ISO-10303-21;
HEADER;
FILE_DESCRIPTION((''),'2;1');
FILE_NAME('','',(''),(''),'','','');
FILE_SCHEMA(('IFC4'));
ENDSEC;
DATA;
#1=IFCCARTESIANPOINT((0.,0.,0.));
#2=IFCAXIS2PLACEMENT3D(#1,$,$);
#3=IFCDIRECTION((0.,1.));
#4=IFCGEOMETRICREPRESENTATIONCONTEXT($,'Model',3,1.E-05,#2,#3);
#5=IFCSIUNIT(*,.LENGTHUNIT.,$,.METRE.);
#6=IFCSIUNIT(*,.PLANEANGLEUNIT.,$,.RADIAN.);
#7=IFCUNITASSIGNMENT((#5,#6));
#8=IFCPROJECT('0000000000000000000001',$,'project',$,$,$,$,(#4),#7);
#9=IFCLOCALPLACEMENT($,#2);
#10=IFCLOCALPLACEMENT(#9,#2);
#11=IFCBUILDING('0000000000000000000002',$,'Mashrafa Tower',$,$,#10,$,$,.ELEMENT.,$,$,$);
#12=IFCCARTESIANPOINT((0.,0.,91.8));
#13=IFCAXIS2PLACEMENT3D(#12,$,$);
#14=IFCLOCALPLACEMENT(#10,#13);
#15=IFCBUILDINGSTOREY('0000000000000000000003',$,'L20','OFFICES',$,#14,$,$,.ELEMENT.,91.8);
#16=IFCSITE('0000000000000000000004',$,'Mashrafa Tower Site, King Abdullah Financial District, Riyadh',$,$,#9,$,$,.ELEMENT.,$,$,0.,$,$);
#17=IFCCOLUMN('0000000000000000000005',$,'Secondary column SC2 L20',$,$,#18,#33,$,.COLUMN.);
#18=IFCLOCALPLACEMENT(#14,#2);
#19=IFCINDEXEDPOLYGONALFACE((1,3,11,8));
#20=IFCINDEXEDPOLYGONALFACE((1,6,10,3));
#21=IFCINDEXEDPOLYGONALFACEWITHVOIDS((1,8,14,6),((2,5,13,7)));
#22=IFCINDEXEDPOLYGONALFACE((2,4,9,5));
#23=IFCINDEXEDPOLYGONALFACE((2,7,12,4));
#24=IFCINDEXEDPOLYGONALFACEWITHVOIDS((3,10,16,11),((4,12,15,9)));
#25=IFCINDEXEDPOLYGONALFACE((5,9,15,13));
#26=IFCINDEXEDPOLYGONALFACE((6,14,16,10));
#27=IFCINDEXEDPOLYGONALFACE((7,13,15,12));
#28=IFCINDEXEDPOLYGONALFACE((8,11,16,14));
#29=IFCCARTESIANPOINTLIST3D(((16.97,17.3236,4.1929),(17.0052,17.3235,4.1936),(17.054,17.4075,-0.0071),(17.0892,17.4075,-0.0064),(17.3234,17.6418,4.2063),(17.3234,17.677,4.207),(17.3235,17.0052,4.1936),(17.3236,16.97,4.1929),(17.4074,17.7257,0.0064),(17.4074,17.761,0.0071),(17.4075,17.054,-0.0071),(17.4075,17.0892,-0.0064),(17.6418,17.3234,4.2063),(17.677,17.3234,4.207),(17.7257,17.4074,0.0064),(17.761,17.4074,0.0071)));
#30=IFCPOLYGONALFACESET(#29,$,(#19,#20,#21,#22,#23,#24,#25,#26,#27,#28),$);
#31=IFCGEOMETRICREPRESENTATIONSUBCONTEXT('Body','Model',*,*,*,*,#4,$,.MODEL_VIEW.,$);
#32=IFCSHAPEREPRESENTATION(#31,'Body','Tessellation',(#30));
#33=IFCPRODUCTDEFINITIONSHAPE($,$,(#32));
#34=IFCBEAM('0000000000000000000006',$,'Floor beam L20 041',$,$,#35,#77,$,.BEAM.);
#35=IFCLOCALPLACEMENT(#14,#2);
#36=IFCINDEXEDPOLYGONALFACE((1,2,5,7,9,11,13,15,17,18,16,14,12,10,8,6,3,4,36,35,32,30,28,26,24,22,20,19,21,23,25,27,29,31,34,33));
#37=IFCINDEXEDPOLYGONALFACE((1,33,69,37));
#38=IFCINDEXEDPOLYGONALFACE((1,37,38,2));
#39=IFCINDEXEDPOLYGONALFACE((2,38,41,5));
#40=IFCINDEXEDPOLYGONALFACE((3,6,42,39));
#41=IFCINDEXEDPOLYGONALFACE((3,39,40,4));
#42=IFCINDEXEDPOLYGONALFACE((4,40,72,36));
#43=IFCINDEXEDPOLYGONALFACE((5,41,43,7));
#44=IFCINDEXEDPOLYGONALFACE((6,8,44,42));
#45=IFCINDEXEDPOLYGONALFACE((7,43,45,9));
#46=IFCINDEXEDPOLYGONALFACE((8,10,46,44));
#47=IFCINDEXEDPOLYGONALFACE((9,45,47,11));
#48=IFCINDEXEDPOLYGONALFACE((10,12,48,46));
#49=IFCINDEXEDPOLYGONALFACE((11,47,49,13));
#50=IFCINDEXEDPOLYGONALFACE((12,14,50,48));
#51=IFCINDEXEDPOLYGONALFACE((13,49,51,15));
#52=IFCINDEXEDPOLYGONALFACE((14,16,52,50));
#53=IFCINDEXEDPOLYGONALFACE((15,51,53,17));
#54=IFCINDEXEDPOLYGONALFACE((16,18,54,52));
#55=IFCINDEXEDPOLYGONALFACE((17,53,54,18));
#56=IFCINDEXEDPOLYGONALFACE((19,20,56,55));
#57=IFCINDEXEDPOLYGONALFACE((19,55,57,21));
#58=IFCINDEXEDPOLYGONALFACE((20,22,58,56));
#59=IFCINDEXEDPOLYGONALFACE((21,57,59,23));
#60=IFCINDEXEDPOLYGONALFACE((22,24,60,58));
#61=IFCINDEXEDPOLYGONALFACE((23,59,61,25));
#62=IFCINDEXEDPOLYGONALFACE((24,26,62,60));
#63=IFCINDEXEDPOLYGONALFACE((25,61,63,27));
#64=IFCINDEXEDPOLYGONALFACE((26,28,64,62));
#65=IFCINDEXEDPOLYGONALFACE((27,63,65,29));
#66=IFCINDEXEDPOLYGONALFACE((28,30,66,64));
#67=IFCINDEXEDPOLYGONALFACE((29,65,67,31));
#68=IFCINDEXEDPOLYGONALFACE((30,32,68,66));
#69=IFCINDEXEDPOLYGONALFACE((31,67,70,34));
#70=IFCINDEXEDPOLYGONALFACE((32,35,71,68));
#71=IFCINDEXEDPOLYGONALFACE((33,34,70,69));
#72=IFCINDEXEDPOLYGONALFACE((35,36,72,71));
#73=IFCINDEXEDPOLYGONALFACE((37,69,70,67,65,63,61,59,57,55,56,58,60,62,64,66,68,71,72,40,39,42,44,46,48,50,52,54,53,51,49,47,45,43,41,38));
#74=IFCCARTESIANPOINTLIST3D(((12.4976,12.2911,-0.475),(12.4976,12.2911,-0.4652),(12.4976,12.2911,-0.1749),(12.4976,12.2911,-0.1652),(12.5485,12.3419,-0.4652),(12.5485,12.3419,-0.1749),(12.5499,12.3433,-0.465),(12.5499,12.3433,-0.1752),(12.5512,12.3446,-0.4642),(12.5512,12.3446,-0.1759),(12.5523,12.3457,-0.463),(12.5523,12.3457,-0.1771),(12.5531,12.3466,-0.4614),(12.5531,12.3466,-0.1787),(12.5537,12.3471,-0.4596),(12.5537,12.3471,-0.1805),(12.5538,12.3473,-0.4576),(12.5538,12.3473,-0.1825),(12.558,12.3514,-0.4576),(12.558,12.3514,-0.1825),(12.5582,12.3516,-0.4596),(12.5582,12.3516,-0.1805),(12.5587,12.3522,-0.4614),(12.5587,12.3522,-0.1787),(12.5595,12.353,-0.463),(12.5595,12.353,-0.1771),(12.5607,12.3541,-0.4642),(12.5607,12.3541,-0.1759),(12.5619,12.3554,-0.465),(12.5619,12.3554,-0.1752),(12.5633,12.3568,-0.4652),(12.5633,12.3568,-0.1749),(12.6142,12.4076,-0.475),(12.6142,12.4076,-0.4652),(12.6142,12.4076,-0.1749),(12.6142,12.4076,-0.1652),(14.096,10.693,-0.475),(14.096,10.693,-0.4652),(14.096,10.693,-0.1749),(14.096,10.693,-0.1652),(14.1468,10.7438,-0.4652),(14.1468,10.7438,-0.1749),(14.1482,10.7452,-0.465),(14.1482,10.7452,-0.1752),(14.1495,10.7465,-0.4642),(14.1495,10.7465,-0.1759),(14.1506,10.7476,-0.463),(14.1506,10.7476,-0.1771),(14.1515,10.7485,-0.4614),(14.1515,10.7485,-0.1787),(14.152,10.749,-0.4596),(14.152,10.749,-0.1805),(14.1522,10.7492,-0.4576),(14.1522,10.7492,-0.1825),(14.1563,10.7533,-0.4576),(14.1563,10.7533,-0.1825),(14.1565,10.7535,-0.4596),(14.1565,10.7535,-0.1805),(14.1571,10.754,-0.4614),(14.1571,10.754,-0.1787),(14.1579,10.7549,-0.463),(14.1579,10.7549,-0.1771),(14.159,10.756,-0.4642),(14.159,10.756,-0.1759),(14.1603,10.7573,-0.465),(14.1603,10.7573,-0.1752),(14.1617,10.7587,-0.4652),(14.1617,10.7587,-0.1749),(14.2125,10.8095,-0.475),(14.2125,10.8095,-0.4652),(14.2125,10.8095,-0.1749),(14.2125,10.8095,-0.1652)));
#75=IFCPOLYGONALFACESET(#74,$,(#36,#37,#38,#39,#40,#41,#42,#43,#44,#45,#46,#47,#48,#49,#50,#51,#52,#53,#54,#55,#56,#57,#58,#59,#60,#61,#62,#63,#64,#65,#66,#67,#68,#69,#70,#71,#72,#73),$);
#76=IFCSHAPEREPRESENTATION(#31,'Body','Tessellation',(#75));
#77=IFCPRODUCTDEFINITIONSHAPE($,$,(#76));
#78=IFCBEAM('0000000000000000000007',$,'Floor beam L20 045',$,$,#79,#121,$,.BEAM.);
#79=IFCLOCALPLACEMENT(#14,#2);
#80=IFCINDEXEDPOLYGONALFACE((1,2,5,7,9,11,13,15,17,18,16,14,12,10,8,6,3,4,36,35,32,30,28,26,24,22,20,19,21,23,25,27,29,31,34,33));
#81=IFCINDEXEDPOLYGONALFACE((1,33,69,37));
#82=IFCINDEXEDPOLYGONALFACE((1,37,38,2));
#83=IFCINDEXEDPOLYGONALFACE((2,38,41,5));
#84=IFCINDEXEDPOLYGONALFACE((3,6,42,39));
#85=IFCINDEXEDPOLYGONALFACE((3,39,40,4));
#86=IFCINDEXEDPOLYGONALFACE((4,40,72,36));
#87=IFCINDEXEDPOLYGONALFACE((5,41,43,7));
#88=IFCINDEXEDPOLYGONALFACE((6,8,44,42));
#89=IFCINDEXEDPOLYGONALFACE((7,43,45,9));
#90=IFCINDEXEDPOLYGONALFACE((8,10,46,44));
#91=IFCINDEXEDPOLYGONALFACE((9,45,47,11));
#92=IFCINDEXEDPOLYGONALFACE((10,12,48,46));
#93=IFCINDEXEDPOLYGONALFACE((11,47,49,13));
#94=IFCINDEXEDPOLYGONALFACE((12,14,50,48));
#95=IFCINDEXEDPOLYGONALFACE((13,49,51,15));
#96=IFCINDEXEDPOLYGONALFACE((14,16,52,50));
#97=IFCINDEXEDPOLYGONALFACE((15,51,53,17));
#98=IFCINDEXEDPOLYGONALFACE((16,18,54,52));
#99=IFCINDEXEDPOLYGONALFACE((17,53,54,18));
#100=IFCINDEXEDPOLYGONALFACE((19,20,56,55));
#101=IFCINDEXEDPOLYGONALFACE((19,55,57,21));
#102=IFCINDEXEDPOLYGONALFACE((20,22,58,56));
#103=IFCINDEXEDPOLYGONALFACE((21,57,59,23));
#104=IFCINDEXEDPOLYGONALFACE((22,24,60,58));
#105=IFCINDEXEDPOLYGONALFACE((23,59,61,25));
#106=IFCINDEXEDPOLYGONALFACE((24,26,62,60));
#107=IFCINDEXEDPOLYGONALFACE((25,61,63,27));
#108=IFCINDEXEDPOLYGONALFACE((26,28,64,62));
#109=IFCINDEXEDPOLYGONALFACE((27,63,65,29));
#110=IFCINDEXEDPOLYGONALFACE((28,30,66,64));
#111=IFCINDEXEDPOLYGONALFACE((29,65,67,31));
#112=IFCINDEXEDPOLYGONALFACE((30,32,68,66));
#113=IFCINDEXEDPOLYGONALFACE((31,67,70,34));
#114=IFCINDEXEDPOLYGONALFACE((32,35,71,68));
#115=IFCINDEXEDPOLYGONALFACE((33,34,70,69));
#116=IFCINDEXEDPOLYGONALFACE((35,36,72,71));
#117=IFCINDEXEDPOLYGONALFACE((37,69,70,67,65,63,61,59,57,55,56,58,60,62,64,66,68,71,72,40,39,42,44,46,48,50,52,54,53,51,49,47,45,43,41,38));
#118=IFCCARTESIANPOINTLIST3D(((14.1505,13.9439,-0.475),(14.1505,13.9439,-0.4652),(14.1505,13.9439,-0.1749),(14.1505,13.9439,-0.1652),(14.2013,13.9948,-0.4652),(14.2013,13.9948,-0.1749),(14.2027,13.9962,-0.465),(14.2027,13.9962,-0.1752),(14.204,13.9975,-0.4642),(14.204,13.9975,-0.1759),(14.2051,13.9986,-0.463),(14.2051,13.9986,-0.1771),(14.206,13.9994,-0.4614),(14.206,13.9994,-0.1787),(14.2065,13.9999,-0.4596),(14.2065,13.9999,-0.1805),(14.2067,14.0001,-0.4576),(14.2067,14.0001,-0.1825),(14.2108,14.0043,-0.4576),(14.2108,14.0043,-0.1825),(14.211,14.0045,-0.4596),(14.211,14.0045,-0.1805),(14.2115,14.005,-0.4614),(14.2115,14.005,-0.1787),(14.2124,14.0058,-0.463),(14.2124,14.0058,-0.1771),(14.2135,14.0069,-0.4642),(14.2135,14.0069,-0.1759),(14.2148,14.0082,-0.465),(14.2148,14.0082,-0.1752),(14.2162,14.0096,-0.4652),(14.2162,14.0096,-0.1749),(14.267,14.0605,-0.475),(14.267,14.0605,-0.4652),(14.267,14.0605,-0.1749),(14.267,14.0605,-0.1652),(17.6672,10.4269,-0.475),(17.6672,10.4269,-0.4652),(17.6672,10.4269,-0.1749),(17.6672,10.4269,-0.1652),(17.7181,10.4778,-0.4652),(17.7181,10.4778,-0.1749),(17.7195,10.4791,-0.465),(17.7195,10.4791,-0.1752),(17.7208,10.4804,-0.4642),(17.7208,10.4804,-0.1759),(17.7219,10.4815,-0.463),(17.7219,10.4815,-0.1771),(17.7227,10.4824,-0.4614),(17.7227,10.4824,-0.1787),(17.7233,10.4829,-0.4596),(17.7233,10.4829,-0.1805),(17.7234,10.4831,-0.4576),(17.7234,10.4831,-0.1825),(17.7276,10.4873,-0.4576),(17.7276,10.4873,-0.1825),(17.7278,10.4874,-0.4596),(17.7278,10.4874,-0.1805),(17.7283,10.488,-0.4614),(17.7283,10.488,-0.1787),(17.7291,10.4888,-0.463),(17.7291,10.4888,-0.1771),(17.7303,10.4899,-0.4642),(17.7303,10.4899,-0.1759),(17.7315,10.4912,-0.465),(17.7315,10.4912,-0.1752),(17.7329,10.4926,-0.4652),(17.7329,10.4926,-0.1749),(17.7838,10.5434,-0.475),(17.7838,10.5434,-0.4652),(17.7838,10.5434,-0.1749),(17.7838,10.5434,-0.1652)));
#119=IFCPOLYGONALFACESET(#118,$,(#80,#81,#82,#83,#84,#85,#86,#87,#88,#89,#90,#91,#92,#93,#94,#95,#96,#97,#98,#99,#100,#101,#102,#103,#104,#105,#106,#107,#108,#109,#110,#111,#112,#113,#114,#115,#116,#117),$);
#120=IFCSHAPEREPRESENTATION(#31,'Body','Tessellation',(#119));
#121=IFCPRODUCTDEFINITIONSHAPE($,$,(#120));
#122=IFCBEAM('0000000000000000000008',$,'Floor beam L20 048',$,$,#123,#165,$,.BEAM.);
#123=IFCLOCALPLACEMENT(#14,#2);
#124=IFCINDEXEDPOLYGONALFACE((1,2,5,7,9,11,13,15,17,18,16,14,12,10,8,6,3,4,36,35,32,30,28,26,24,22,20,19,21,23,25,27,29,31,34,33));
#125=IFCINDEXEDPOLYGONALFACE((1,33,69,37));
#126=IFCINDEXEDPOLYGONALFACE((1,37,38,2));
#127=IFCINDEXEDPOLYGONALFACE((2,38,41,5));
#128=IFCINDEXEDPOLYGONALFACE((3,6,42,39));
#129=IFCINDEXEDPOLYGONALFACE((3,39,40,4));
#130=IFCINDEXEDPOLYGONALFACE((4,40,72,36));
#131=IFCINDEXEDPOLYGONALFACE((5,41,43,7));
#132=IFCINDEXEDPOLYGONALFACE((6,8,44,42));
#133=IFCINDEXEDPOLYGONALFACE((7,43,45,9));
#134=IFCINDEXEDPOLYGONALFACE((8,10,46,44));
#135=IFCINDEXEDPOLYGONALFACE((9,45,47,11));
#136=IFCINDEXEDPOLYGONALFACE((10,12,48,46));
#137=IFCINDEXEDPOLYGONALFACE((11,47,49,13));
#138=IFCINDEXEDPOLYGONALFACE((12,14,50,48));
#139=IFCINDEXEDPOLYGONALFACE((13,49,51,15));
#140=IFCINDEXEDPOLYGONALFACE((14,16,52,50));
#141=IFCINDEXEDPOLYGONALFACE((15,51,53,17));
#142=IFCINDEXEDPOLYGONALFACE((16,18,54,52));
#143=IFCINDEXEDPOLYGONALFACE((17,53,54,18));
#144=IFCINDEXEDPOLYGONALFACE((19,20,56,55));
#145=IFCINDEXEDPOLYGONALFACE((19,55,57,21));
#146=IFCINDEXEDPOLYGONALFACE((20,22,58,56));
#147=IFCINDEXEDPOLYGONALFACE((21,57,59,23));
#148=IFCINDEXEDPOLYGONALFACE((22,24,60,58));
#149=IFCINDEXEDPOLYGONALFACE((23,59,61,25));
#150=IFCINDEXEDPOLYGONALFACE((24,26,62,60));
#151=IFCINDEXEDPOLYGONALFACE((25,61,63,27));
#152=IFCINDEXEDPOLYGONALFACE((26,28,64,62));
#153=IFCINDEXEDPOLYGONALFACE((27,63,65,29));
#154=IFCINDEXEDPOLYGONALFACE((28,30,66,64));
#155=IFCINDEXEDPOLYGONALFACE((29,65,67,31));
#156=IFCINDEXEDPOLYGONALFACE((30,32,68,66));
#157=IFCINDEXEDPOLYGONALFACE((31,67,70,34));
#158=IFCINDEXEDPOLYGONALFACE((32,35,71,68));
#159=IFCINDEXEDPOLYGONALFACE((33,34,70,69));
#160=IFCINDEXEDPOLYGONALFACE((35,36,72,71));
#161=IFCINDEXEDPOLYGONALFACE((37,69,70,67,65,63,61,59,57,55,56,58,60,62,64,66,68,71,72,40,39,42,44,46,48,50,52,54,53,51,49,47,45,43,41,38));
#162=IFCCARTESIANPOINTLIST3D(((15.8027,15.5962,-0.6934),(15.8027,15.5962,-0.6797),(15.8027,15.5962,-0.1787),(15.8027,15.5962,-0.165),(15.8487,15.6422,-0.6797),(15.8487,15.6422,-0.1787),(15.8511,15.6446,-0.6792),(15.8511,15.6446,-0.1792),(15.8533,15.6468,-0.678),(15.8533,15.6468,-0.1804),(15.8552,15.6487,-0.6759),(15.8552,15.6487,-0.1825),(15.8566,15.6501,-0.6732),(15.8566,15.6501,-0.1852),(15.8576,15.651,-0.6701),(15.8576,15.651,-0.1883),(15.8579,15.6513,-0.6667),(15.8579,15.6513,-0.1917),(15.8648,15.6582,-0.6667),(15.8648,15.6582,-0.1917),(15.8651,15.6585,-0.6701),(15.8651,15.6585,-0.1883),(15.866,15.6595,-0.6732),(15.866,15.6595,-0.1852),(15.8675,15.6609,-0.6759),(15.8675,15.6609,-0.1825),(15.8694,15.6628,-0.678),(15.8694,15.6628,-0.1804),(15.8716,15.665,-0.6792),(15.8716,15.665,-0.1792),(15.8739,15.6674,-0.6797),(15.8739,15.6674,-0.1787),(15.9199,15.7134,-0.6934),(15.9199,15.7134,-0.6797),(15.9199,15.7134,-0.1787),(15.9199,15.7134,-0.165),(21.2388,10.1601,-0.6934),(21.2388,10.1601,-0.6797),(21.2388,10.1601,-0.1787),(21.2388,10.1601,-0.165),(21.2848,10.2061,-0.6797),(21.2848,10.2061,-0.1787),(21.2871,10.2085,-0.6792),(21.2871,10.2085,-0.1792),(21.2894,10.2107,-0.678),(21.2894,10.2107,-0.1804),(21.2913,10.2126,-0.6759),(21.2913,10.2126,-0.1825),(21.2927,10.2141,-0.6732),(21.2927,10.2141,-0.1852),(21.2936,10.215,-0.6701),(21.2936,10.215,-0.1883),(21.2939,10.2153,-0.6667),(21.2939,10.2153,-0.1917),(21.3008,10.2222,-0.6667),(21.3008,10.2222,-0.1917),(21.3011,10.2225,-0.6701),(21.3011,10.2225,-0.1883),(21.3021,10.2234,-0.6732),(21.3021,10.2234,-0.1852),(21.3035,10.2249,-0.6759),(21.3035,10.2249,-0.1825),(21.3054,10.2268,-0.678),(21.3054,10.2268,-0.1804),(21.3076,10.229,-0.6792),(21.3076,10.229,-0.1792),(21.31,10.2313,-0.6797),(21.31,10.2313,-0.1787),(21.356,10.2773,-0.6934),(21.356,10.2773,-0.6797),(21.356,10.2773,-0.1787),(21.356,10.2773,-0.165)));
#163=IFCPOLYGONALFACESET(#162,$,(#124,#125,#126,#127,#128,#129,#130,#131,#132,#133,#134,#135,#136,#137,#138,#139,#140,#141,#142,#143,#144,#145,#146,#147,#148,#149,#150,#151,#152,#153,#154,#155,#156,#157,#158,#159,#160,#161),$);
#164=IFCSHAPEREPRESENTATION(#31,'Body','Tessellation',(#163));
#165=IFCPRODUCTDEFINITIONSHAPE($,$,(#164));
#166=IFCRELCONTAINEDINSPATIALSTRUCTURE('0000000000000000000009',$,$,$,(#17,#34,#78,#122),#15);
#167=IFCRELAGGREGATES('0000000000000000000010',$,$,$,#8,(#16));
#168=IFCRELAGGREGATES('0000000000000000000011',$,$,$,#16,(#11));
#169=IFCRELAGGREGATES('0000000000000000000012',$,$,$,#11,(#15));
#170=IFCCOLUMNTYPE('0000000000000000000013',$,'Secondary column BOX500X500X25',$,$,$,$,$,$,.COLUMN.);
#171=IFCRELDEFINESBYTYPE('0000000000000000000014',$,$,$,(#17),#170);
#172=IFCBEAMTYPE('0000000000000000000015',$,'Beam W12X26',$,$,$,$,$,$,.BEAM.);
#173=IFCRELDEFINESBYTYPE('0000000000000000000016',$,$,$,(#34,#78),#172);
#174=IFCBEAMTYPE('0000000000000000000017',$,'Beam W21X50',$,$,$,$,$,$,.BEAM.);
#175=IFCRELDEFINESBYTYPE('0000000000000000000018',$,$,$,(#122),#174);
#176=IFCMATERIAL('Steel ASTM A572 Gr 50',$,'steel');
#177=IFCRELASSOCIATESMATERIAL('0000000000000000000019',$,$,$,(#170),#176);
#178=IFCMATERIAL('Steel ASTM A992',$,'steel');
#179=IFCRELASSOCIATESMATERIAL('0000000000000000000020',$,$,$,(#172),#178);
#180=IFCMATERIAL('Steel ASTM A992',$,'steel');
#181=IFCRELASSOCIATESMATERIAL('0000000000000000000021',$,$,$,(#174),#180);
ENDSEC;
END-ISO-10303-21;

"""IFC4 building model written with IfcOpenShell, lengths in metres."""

from ifc_helpers import new_model, si_unit, direction, frame, origin, origin_2d, place, context, subcontext, project, spatial, hollow_rectangle, i_section, extrude, material, material_profile, profile_set, type_object, element, save


model = new_model("IFC4")

# Units and contexts
model_context = context("Model", 3, precision=1e-05, world=origin(), true_north=direction((0.0, 1.0)))
body_context = subcontext(model_context, "Body", "Model", "MODEL_VIEW")
ifc_project = project(units=[si_unit("LENGTHUNIT", "METRE"), si_unit("PLANEANGLEUNIT", "RADIAN")], contexts=[model_context])

# Site, building, storey
site_placement = place(None, origin())
site = spatial("IfcSite", under=ifc_project, at=site_placement, Name="Mashrafa Tower Site, King Abdullah Financial District, Riyadh", CompositionType="ELEMENT", RefElevation=0.0)
building_placement = place(site_placement, origin())
building = spatial("IfcBuilding", under=site, at=building_placement, Name="Mashrafa Tower", CompositionType="ELEMENT")
storey_placement = place(building_placement, frame((0.0, 0.0, 91.8)))
storey = spatial("IfcBuildingStorey", under=building, at=storey_placement, Name="L20", Description="OFFICES", CompositionType="ELEMENT", Elevation=91.8)

# Column
ifc_material_1 = material(Name="Steel ASTM A572 Gr 50", Category="steel")
ifc_material_profile_1 = material_profile(ifc_material_1, hollow_rectangle(XDim=0.5, YDim=0.5, WallThickness=0.0249, at=origin_2d()), Name="BOX500X500X25")
ifc_profile_set_1 = profile_set([ifc_material_profile_1], Name="Steel ASTM A572 Gr 50")
column_type = type_object("IfcColumnType", Name="Secondary column BOX500X500X25", PredefinedType="COLUMN", material=ifc_profile_set_1)
column_placement = place(storey_placement, frame((17.4075, 17.4075, 0.0), z_axis=(-0.019989, -0.019989, 0.9996), x_axis=(0.707107, -0.707107, 0.0)))
element("IfcColumn", 1, at=column_placement, inside=storey, type_object=column_type, Name="Secondary column SC2 L20", PredefinedType="COLUMN", context=body_context, shape_type="SweptSolid", body=[
    extrude(hollow_rectangle(XDim=0.5, YDim=0.5, WallThickness=0.0249, at=origin_2d()), origin(), (0.0, 0.0, 1.0), 4.2017),
])

# Beams
ifc_material_2 = material(Name="Steel ASTM A992", Category="steel")
ifc_material_profile_2 = material_profile(ifc_material_2, i_section(OverallWidth=0.1648, OverallDepth=0.3098, WebThickness=0.0059, FlangeThickness=0.0098, FilletRadius=0.0076, at=origin_2d()), Name="W12X26")
ifc_profile_set_2 = profile_set([ifc_material_profile_2], Name="Steel ASTM A992")
beam_type_1 = type_object("IfcBeamType", Name="Beam W12X26", PredefinedType="BEAM", material=ifc_profile_set_2)
beam_1_placement = place(storey_placement, frame((12.5559, 12.3494, -0.3201), z_axis=(0.707161, -0.707053, 0.0), x_axis=(0.707053, 0.707161, 0.0)))
element("IfcBeam", 2, at=beam_1_placement, inside=storey, type_object=beam_type_1, Name="Floor beam L20 041", PredefinedType="BEAM", context=body_context, shape_type="SweptSolid", body=[
    extrude(i_section(OverallWidth=0.1648, OverallDepth=0.3098, WebThickness=0.0059, FlangeThickness=0.0098, FilletRadius=0.0076, at=origin_2d()), origin(), (0.0, 0.0, 1.0), 2.2603),
])
beam_2_placement = place(storey_placement, frame((14.2087, 14.0022, -0.3201), z_axis=(0.707082, -0.707131, 0.0), x_axis=(0.707131, 0.707082, 0.0)))
element("IfcBeam", 3, at=beam_2_placement, inside=storey, type_object=beam_type_1, Name="Floor beam L20 045", PredefinedType="BEAM", context=body_context, shape_type="SweptSolid", body=[
    extrude(i_section(OverallWidth=0.1648, OverallDepth=0.3098, WebThickness=0.0059, FlangeThickness=0.0098, FilletRadius=0.0076, at=origin_2d()), origin(), (0.0, 0.0, 1.0), 4.9736),
])
ifc_material_3 = material(Name="Steel ASTM A992", Category="steel")
ifc_material_profile_3 = material_profile(ifc_material_3, i_section(OverallWidth=0.1658, OverallDepth=0.5283, WebThickness=0.0098, FlangeThickness=0.0137, FilletRadius=0.0129, at=origin_2d()), Name="W21X50")
ifc_profile_set_3 = profile_set([ifc_material_profile_3], Name="Steel ASTM A992")
beam_type_2 = type_object("IfcBeamType", Name="Beam W21X50", PredefinedType="BEAM", material=ifc_profile_set_3)
beam_3_placement = place(storey_placement, frame((15.8613, 15.6548, -0.4292), z_axis=(0.707107, -0.707107, 0.0), x_axis=(0.707107, 0.707107, 0.0)))
element("IfcBeam", 4, at=beam_3_placement, inside=storey, type_object=beam_type_2, Name="Floor beam L20 048", PredefinedType="BEAM", context=body_context, shape_type="SweptSolid", body=[
    extrude(i_section(OverallWidth=0.1658, OverallDepth=0.5283, WebThickness=0.0098, FlangeThickness=0.0137, FilletRadius=0.0129, at=origin_2d()), origin(), (0.0, 0.0, 1.0), 7.6877),
])

save(model, "model.ifc")
